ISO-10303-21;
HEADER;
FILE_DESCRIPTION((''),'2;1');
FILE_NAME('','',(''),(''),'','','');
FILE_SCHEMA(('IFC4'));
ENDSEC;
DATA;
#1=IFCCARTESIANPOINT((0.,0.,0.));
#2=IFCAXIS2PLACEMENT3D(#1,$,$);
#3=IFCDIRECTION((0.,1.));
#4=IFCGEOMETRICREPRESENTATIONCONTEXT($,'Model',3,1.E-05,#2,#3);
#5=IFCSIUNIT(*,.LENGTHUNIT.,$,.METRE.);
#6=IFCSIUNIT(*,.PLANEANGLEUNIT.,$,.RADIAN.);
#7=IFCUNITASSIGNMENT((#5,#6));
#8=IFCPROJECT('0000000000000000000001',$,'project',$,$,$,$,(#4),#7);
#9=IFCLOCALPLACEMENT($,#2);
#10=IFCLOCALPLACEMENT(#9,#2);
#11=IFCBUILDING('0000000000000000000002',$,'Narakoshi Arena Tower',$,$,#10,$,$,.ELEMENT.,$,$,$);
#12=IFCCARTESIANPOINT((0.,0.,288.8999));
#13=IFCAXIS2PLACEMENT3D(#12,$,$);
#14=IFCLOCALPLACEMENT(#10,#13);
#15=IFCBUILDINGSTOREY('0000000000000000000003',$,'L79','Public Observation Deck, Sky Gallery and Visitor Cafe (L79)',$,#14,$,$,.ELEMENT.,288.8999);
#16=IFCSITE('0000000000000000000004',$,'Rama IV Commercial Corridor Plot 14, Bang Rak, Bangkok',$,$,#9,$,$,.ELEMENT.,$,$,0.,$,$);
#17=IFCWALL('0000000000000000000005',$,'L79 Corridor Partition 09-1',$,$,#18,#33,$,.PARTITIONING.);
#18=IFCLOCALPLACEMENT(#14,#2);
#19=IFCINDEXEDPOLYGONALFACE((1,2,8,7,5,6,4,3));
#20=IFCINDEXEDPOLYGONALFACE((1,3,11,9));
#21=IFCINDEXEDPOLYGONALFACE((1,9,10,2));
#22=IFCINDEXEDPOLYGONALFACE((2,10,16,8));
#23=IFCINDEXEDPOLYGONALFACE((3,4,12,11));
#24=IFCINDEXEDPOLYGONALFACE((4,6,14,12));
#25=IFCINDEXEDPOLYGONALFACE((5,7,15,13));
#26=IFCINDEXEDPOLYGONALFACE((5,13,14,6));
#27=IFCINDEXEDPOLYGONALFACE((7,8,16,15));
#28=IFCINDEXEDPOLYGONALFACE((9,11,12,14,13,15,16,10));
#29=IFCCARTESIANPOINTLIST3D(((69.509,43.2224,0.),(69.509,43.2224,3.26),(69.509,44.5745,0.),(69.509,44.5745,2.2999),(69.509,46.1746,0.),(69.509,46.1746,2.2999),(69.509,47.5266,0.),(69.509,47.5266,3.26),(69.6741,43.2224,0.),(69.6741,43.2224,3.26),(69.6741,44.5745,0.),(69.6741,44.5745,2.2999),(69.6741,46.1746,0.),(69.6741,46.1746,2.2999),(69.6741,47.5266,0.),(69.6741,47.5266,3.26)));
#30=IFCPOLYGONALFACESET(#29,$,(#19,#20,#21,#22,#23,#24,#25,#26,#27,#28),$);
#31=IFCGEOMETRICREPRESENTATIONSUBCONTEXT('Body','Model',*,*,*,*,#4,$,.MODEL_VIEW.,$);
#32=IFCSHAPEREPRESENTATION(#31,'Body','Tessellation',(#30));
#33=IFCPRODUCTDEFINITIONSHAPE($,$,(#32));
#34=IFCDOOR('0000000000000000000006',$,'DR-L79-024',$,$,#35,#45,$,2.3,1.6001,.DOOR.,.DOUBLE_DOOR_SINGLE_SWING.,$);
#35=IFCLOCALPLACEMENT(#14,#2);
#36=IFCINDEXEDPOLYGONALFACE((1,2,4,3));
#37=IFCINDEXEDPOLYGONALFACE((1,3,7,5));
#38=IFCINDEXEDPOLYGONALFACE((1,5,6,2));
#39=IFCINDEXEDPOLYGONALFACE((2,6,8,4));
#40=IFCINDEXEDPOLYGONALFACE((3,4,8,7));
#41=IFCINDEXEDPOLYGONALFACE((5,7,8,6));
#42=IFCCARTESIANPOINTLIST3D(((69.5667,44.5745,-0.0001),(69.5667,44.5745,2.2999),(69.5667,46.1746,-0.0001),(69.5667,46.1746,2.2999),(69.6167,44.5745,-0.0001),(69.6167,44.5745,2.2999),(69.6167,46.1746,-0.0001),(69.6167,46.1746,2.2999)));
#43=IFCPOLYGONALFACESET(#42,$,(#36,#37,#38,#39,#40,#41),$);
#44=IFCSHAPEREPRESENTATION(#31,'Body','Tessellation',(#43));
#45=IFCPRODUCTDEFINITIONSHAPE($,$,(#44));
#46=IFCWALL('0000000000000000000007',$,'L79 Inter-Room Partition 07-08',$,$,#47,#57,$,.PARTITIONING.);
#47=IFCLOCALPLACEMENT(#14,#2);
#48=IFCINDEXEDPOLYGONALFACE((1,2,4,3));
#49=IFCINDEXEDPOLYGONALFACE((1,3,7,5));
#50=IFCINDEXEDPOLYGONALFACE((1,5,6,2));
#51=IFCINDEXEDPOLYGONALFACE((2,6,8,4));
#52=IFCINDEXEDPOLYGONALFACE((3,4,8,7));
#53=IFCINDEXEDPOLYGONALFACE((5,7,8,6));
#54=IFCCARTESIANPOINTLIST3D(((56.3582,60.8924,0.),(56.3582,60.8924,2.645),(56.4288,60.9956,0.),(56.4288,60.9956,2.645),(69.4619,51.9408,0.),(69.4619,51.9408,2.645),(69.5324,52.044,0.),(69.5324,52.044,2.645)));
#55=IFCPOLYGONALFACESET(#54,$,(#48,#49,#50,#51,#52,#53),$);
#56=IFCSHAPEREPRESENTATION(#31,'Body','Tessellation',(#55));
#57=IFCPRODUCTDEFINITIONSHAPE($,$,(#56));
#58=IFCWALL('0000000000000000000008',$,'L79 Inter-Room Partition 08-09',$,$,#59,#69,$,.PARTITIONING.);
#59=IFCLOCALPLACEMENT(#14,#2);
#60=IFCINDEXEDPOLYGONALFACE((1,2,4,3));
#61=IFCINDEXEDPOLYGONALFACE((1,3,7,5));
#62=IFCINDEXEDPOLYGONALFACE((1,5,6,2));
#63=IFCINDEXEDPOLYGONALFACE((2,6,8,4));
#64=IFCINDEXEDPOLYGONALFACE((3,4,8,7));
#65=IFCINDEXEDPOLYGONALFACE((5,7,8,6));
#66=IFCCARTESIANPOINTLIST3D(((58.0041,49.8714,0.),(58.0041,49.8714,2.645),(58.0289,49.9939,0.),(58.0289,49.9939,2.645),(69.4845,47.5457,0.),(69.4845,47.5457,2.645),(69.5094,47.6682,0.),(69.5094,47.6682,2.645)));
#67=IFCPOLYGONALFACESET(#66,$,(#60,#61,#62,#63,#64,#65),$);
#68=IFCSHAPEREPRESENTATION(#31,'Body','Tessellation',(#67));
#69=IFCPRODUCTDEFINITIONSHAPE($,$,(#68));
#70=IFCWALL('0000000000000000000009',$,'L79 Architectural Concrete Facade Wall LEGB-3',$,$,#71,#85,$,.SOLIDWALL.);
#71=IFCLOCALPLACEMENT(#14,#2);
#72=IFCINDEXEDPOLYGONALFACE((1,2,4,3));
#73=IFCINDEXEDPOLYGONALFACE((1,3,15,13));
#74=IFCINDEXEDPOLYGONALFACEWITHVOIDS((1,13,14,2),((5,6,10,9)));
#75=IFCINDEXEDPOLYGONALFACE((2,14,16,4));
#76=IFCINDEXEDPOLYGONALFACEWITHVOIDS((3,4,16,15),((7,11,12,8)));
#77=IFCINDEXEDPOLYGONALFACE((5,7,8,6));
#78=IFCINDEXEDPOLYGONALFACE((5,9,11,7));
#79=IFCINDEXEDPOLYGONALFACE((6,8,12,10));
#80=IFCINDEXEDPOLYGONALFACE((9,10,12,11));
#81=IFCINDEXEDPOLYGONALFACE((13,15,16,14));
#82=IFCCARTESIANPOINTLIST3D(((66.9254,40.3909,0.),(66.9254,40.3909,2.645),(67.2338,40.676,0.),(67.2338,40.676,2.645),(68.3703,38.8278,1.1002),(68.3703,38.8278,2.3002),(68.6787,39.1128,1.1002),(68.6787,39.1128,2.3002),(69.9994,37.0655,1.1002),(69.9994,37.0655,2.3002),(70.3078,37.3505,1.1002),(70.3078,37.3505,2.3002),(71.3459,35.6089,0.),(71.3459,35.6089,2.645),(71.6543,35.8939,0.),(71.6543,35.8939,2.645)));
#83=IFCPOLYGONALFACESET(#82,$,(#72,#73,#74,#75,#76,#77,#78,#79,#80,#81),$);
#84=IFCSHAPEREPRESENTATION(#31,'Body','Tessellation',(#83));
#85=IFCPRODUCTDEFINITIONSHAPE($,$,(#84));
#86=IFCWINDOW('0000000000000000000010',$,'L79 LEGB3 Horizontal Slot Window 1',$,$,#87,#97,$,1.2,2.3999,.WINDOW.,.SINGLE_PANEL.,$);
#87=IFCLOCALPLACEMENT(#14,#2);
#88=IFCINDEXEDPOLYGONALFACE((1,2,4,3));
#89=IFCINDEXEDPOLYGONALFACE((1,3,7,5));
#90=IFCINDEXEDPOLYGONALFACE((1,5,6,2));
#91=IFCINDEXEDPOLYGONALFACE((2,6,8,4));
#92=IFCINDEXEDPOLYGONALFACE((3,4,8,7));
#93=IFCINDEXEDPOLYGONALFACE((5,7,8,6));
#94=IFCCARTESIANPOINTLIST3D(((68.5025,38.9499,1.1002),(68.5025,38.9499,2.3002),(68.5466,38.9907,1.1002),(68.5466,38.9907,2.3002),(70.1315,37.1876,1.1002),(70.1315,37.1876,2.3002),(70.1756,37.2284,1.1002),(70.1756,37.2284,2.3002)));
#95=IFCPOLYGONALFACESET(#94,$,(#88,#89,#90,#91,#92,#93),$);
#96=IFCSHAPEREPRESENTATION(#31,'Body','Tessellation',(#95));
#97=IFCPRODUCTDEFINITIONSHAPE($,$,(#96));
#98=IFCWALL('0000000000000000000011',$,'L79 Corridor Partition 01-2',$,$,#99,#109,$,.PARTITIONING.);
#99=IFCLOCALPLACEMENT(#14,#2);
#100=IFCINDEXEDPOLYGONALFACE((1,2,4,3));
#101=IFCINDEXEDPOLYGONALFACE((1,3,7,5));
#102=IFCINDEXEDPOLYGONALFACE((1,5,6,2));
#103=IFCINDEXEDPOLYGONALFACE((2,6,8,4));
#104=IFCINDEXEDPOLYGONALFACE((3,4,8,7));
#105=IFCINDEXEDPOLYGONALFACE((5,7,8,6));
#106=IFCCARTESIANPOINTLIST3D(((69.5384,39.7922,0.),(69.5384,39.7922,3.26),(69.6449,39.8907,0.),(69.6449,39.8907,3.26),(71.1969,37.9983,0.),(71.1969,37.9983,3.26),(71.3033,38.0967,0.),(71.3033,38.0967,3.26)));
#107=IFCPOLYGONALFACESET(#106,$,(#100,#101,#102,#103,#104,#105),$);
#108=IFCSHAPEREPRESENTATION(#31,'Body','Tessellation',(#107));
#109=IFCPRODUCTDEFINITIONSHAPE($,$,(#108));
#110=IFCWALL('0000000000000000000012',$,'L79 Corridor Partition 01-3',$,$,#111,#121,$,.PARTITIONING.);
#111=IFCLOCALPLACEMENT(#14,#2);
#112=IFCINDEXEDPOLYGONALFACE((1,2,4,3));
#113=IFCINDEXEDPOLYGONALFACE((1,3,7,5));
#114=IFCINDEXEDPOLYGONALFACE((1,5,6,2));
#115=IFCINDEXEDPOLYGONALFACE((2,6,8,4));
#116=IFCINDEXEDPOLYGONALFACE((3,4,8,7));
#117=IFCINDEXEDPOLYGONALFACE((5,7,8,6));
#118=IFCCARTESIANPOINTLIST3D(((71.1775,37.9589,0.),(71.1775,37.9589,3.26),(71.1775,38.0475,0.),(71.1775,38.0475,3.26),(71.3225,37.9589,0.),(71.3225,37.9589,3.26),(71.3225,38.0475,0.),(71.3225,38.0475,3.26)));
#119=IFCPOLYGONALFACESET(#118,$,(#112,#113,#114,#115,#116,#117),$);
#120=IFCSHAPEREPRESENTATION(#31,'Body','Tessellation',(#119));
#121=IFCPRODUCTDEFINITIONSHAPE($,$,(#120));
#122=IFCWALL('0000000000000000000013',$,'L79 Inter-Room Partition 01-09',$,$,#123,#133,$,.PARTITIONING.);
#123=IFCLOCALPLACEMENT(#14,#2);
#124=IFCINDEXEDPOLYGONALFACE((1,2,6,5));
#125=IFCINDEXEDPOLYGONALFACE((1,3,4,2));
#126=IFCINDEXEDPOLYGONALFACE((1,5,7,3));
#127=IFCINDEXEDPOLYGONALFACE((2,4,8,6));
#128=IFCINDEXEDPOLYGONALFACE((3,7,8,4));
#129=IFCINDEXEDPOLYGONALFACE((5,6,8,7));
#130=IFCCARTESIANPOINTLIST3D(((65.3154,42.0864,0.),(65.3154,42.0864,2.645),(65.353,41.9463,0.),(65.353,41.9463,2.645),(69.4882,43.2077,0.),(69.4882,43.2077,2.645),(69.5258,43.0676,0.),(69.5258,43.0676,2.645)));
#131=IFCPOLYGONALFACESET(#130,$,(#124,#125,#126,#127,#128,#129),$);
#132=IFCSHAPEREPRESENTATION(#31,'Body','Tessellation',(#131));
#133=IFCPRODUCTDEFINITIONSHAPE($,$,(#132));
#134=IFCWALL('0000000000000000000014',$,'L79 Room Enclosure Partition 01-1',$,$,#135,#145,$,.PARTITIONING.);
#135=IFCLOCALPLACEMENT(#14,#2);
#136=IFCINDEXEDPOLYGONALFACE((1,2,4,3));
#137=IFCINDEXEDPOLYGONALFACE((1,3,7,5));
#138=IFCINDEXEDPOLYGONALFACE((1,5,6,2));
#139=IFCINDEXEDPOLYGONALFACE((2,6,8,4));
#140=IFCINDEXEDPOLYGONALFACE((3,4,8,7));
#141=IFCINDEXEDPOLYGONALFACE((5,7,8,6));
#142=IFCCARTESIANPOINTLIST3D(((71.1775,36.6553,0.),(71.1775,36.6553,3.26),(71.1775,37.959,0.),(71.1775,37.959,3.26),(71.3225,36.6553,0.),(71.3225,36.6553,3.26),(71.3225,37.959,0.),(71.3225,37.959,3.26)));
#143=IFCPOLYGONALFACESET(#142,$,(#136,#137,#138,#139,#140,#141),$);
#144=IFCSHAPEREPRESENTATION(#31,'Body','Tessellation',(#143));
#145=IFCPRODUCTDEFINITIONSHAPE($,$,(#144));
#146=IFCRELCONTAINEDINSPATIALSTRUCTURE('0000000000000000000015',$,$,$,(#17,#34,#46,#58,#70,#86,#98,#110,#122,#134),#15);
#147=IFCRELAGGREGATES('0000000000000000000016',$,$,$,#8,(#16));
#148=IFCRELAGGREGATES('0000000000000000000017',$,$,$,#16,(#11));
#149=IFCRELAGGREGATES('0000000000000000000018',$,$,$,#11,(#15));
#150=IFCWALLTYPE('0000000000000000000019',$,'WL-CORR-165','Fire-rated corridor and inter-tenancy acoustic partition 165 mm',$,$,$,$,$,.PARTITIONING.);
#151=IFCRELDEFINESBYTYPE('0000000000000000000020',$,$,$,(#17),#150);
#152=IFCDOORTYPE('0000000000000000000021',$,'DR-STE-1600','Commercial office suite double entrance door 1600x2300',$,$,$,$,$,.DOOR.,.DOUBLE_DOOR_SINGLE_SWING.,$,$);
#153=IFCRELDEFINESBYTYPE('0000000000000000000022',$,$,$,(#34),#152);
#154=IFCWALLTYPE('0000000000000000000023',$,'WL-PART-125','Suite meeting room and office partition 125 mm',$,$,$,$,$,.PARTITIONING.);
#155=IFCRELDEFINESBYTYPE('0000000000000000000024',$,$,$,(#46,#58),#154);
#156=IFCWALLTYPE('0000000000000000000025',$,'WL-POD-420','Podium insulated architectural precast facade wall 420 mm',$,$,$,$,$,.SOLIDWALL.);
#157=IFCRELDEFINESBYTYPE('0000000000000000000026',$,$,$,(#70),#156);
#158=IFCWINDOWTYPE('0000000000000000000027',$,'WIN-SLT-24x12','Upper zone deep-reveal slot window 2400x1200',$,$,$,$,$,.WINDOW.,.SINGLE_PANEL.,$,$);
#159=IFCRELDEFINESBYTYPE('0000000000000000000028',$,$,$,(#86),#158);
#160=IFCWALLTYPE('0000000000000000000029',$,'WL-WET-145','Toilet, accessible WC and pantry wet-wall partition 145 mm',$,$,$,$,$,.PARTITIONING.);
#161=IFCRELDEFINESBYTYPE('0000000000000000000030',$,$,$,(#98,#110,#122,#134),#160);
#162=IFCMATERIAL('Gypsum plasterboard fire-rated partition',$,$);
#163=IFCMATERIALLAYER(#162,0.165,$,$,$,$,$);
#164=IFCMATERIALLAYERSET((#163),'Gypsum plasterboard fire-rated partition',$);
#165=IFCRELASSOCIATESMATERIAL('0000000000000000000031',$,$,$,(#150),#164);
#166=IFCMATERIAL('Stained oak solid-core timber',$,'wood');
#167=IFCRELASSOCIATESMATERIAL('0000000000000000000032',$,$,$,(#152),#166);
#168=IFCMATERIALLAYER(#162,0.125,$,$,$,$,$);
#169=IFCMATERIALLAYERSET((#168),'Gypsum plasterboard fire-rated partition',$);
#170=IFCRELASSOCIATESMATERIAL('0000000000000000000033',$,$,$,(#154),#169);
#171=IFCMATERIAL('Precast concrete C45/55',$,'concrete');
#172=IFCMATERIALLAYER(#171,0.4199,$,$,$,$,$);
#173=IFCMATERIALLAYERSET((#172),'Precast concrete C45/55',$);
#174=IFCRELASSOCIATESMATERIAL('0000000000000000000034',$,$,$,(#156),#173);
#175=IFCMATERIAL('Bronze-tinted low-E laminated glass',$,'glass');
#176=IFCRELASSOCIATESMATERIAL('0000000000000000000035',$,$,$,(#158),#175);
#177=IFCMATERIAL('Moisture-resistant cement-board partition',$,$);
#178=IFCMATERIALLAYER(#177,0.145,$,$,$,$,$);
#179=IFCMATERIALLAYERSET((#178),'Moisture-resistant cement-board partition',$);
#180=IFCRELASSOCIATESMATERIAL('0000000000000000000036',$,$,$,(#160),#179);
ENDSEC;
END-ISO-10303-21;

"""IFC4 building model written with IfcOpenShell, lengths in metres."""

from ifc_helpers import new_model, si_unit, direction, frame, frame_2d, origin, place, context, subcontext, project, spatial, rectangle, extrude, material, layer, layer_set, type_object, element, fill, save


model = new_model("IFC4")

# Units and contexts
model_context = context("Model", 3, precision=1e-05, world=origin(), true_north=direction((0.0, 1.0)))
body_context = subcontext(model_context, "Body", "Model", "MODEL_VIEW")
ifc_project = project(units=[si_unit("LENGTHUNIT", "METRE"), si_unit("PLANEANGLEUNIT", "RADIAN")], contexts=[model_context])

# Site, building, storey
site_placement = place(None, origin())
site = spatial("IfcSite", under=ifc_project, at=site_placement, Name="Rama IV Commercial Corridor Plot 14, Bang Rak, Bangkok", CompositionType="ELEMENT", RefElevation=0.0)
building_placement = place(site_placement, origin())
building = spatial("IfcBuilding", under=site, at=building_placement, Name="Narakoshi Arena Tower", CompositionType="ELEMENT")
storey_placement = place(building_placement, frame((0.0, 0.0, 288.8999)))
storey = spatial("IfcBuildingStorey", under=building, at=storey_placement, Name="L79", Description="Public Observation Deck, Sky Gallery and Visitor Cafe (L79)", CompositionType="ELEMENT", Elevation=288.8999)

# Shared definitions
ifc_material_1 = material(Name="Gypsum plasterboard fire-rated partition")
ifc_layer_1 = layer(ifc_material_1, 0.165)
ifc_layer_set_1 = layer_set([ifc_layer_1], Name="Gypsum plasterboard fire-rated partition")
wall_type_1 = type_object("IfcWallType", Name="WL-CORR-165", Description="Fire-rated corridor and inter-tenancy acoustic partition 165 mm", PredefinedType="PARTITIONING", material=ifc_layer_set_1)

# Wall, opening, door
ifc_material_2 = material(Name="Stained oak solid-core timber", Category="wood")
wall_1_placement = place(storey_placement, frame((69.5916, 47.5266, 0.0), z_axis=(0.0, 0.0, 1.0), x_axis=(0.0, -1.0, 0.0)))
wall_1 = element("IfcWall", 1, at=wall_1_placement, inside=storey, type_object=wall_type_1, Name="L79 Corridor Partition 09-1", PredefinedType="PARTITIONING", context=body_context, shape_type="SweptSolid", body=[
    extrude(rectangle(XDim=4.3042, YDim=0.165, at=frame_2d((2.1521, 0.0))), origin(), (0.0, 0.0, 1.0), 3.26),
])
opening_1_placement = place(wall_1_placement, frame((1.3521, 0.0, 0.0)))
opening_1 = element("IfcOpeningElement", 2, at=opening_1_placement, cuts=wall_1, PredefinedType="OPENING", context=body_context, shape_type="SweptSolid", body=[
    extrude(rectangle(XDim=1.6001, YDim=2.3, at=frame_2d((0.8, 1.1499))), frame((0.0, 0.0925, 0.0), z_axis=(0.0, -1.0, 0.0), x_axis=(1.0, 0.0, 0.0)), (0.0, 0.0, 1.0), 0.1851),
])
door_type_1 = type_object("IfcDoorType", Name="DR-STE-1600", Description="Commercial office suite double entrance door 1600x2300", OperationType="DOUBLE_DOOR_SINGLE_SWING", PredefinedType="DOOR", material=ifc_material_2)
door_1_placement = place(opening_1_placement, frame((1.6001, 0.0, 0.0), z_axis=(0.0, 0.0, 1.0), x_axis=(-1.0, 0.0, 0.0)))
door_1 = element("IfcDoor", 3, at=door_1_placement, inside=storey, type_object=door_type_1, Name="DR-L79-024", OperationType="DOUBLE_DOOR_SINGLE_SWING", OverallHeight=2.3, OverallWidth=1.6001, PredefinedType="DOOR", context=body_context, shape_type="SweptSolid", body=[
    extrude(rectangle(XDim=1.6001, YDim=2.3, at=frame_2d((0.8, 1.1499))), frame((0.0, 0.0249, 0.0), z_axis=(0.0, -1.0, 0.0), x_axis=(1.0, 0.0, 0.0)), (0.0, 0.0, 1.0), 0.05),
])
fill(opening_1, door_1)

# Walls
ifc_layer_2 = layer(ifc_material_1, 0.125)
ifc_layer_set_2 = layer_set([ifc_layer_2], Name="Gypsum plasterboard fire-rated partition")
wall_type_2 = type_object("IfcWallType", Name="WL-PART-125", Description="Suite meeting room and office partition 125 mm", PredefinedType="PARTITIONING", material=ifc_layer_set_2)
wall_2_placement = place(storey_placement, frame((69.4971, 51.9924, 0.0), z_axis=(0.0, 0.0, 1.0), x_axis=(-0.82572, 0.56408, 0.0)))
element("IfcWall", 4, at=wall_2_placement, inside=storey, type_object=wall_type_2, Name="L79 Inter-Room Partition 07-08", PredefinedType="PARTITIONING", context=body_context, shape_type="SweptSolid", body=[
    extrude(rectangle(XDim=15.8694, YDim=0.125, at=frame_2d((7.9346, 0.0))), origin(), (0.0, 0.0, 1.0), 2.645),
])
wall_3_placement = place(storey_placement, frame((69.4971, 47.6069, 0.0), z_axis=(0.0, 0.0, 1.0), x_axis=(-0.980092, 0.198544, 0.0)))
element("IfcWall", 5, at=wall_3_placement, inside=storey, type_object=wall_type_2, Name="L79 Inter-Room Partition 08-09", PredefinedType="PARTITIONING", context=body_context, shape_type="SweptSolid", body=[
    extrude(rectangle(XDim=11.7136, YDim=0.125, at=frame_2d((5.8569, 0.0))), origin(), (0.0, 0.0, 1.0), 2.645),
])

# Wall, opening, window
ifc_material_3 = material(Name="Precast concrete C45/55", Category="concrete")
ifc_layer_3 = layer(ifc_material_3, 0.4199)
ifc_layer_set_3 = layer_set([ifc_layer_3], Name="Precast concrete C45/55")
wall_type_3 = type_object("IfcWallType", Name="WL-POD-420", Description="Podium insulated architectural precast facade wall 420 mm", PredefinedType="SOLIDWALL", material=ifc_layer_set_3)
wall_4_placement = place(storey_placement, frame((67.0796, 40.5334, 0.0), z_axis=(0.0, 0.0, 1.0), x_axis=(0.6788, -0.734323, 0.0)))
wall_4 = element("IfcWall", 6, at=wall_4_placement, inside=storey, type_object=wall_type_3, Name="L79 Architectural Concrete Facade Wall LEGB-3", PredefinedType="SOLIDWALL", context=body_context, shape_type="SweptSolid", body=[
    extrude(rectangle(XDim=6.5122, YDim=0.4199, at=frame_2d((3.2561, 0.0))), origin(), (0.0, 0.0, 1.0), 2.645),
])
opening_2_placement = place(wall_4_placement, frame((2.1287, 0.0, 1.1001)))
opening_2 = element("IfcOpeningElement", 7, at=opening_2_placement, cuts=wall_4, PredefinedType="OPENING", context=body_context, shape_type="SweptSolid", body=[
    extrude(rectangle(XDim=2.3999, YDim=1.2, at=frame_2d((1.2, 0.6001))), frame((0.0, 0.22, 0.0), z_axis=(0.0, -1.0, 0.0), x_axis=(1.0, 0.0, 0.0)), (0.0, 0.0, 1.0), 0.4399),
])
ifc_material_4 = material(Name="Bronze-tinted low-E laminated glass", Category="glass")
window_type = type_object("IfcWindowType", Name="WIN-SLT-24x12", Description="Upper zone deep-reveal slot window 2400x1200", PartitioningType="SINGLE_PANEL", PredefinedType="WINDOW", material=ifc_material_4)
window_placement = place(opening_2_placement, origin())
window = element("IfcWindow", 8, at=window_placement, inside=storey, type_object=window_type, Name="L79 LEGB3 Horizontal Slot Window 1", OverallHeight=1.2, OverallWidth=2.3999, PartitioningType="SINGLE_PANEL", PredefinedType="WINDOW", context=body_context, shape_type="SweptSolid", body=[
    extrude(rectangle(XDim=2.3999, YDim=1.2, at=frame_2d((1.2, 0.6001))), frame((0.0, 0.03, 0.0), z_axis=(0.0, -1.0, 0.0), x_axis=(1.0, 0.0, 0.0)), (0.0, 0.0, 1.0), 0.0601),
])
fill(opening_2, window)

# Shared definitions
ifc_material_5 = material(Name="Moisture-resistant cement-board partition")
ifc_layer_4 = layer(ifc_material_5, 0.145)
ifc_layer_set_4 = layer_set([ifc_layer_4], Name="Moisture-resistant cement-board partition")
wall_type_4 = type_object("IfcWallType", Name="WL-WET-145", Description="Toilet, accessible WC and pantry wet-wall partition 145 mm", PredefinedType="PARTITIONING", material=ifc_layer_set_4)

# Walls
wall_5_placement = place(storey_placement, frame((69.5916, 39.8416, 0.0), z_axis=(0.0, 0.0, 1.0), x_axis=(0.678832, -0.734294, 0.0)))
element("IfcWall", 9, at=wall_5_placement, inside=storey, type_object=wall_type_4, Name="L79 Corridor Partition 01-2", PredefinedType="PARTITIONING", context=body_context, shape_type="SweptSolid", body=[
    extrude(rectangle(XDim=2.4431, YDim=0.145, at=frame_2d((1.2217, 0.0))), origin(), (0.0, 0.0, 1.0), 3.26),
])
wall_6_placement = place(storey_placement, frame((71.25, 38.0476, 0.0), z_axis=(0.0, 0.0, 1.0), x_axis=(0.0, -1.0, 0.0)))
element("IfcWall", 10, at=wall_6_placement, inside=storey, type_object=wall_type_4, Name="L79 Corridor Partition 01-3", PredefinedType="PARTITIONING", context=body_context, shape_type="SweptSolid", body=[
    extrude(rectangle(XDim=0.0886, YDim=0.145, at=frame_2d((0.0444, 0.0))), origin(), (0.0, 0.0, 1.0), 3.26),
])
wall_7_placement = place(storey_placement, frame((65.3342, 42.0164, 0.0), z_axis=(0.0, 0.0, 1.0), x_axis=(0.965739, 0.259516, 0.0)))
element("IfcWall", 11, at=wall_7_placement, inside=storey, type_object=wall_type_4, Name="L79 Inter-Room Partition 01-09", PredefinedType="PARTITIONING", context=body_context, shape_type="SweptSolid", body=[
    extrude(rectangle(XDim=4.3208, YDim=0.145, at=frame_2d((2.1604, 0.0))), origin(), (0.0, 0.0, 1.0), 2.645),
])
wall_8_placement = place(storey_placement, frame((71.25, 37.959, 0.0), z_axis=(0.0, 0.0, 1.0), x_axis=(0.0, -1.0, 0.0)))
element("IfcWall", 12, at=wall_8_placement, inside=storey, type_object=wall_type_4, Name="L79 Room Enclosure Partition 01-1", PredefinedType="PARTITIONING", context=body_context, shape_type="SweptSolid", body=[
    extrude(rectangle(XDim=1.3037, YDim=0.145, at=frame_2d((0.6519, 0.0))), origin(), (0.0, 0.0, 1.0), 3.26),
])

save(model, "model.ifc")
